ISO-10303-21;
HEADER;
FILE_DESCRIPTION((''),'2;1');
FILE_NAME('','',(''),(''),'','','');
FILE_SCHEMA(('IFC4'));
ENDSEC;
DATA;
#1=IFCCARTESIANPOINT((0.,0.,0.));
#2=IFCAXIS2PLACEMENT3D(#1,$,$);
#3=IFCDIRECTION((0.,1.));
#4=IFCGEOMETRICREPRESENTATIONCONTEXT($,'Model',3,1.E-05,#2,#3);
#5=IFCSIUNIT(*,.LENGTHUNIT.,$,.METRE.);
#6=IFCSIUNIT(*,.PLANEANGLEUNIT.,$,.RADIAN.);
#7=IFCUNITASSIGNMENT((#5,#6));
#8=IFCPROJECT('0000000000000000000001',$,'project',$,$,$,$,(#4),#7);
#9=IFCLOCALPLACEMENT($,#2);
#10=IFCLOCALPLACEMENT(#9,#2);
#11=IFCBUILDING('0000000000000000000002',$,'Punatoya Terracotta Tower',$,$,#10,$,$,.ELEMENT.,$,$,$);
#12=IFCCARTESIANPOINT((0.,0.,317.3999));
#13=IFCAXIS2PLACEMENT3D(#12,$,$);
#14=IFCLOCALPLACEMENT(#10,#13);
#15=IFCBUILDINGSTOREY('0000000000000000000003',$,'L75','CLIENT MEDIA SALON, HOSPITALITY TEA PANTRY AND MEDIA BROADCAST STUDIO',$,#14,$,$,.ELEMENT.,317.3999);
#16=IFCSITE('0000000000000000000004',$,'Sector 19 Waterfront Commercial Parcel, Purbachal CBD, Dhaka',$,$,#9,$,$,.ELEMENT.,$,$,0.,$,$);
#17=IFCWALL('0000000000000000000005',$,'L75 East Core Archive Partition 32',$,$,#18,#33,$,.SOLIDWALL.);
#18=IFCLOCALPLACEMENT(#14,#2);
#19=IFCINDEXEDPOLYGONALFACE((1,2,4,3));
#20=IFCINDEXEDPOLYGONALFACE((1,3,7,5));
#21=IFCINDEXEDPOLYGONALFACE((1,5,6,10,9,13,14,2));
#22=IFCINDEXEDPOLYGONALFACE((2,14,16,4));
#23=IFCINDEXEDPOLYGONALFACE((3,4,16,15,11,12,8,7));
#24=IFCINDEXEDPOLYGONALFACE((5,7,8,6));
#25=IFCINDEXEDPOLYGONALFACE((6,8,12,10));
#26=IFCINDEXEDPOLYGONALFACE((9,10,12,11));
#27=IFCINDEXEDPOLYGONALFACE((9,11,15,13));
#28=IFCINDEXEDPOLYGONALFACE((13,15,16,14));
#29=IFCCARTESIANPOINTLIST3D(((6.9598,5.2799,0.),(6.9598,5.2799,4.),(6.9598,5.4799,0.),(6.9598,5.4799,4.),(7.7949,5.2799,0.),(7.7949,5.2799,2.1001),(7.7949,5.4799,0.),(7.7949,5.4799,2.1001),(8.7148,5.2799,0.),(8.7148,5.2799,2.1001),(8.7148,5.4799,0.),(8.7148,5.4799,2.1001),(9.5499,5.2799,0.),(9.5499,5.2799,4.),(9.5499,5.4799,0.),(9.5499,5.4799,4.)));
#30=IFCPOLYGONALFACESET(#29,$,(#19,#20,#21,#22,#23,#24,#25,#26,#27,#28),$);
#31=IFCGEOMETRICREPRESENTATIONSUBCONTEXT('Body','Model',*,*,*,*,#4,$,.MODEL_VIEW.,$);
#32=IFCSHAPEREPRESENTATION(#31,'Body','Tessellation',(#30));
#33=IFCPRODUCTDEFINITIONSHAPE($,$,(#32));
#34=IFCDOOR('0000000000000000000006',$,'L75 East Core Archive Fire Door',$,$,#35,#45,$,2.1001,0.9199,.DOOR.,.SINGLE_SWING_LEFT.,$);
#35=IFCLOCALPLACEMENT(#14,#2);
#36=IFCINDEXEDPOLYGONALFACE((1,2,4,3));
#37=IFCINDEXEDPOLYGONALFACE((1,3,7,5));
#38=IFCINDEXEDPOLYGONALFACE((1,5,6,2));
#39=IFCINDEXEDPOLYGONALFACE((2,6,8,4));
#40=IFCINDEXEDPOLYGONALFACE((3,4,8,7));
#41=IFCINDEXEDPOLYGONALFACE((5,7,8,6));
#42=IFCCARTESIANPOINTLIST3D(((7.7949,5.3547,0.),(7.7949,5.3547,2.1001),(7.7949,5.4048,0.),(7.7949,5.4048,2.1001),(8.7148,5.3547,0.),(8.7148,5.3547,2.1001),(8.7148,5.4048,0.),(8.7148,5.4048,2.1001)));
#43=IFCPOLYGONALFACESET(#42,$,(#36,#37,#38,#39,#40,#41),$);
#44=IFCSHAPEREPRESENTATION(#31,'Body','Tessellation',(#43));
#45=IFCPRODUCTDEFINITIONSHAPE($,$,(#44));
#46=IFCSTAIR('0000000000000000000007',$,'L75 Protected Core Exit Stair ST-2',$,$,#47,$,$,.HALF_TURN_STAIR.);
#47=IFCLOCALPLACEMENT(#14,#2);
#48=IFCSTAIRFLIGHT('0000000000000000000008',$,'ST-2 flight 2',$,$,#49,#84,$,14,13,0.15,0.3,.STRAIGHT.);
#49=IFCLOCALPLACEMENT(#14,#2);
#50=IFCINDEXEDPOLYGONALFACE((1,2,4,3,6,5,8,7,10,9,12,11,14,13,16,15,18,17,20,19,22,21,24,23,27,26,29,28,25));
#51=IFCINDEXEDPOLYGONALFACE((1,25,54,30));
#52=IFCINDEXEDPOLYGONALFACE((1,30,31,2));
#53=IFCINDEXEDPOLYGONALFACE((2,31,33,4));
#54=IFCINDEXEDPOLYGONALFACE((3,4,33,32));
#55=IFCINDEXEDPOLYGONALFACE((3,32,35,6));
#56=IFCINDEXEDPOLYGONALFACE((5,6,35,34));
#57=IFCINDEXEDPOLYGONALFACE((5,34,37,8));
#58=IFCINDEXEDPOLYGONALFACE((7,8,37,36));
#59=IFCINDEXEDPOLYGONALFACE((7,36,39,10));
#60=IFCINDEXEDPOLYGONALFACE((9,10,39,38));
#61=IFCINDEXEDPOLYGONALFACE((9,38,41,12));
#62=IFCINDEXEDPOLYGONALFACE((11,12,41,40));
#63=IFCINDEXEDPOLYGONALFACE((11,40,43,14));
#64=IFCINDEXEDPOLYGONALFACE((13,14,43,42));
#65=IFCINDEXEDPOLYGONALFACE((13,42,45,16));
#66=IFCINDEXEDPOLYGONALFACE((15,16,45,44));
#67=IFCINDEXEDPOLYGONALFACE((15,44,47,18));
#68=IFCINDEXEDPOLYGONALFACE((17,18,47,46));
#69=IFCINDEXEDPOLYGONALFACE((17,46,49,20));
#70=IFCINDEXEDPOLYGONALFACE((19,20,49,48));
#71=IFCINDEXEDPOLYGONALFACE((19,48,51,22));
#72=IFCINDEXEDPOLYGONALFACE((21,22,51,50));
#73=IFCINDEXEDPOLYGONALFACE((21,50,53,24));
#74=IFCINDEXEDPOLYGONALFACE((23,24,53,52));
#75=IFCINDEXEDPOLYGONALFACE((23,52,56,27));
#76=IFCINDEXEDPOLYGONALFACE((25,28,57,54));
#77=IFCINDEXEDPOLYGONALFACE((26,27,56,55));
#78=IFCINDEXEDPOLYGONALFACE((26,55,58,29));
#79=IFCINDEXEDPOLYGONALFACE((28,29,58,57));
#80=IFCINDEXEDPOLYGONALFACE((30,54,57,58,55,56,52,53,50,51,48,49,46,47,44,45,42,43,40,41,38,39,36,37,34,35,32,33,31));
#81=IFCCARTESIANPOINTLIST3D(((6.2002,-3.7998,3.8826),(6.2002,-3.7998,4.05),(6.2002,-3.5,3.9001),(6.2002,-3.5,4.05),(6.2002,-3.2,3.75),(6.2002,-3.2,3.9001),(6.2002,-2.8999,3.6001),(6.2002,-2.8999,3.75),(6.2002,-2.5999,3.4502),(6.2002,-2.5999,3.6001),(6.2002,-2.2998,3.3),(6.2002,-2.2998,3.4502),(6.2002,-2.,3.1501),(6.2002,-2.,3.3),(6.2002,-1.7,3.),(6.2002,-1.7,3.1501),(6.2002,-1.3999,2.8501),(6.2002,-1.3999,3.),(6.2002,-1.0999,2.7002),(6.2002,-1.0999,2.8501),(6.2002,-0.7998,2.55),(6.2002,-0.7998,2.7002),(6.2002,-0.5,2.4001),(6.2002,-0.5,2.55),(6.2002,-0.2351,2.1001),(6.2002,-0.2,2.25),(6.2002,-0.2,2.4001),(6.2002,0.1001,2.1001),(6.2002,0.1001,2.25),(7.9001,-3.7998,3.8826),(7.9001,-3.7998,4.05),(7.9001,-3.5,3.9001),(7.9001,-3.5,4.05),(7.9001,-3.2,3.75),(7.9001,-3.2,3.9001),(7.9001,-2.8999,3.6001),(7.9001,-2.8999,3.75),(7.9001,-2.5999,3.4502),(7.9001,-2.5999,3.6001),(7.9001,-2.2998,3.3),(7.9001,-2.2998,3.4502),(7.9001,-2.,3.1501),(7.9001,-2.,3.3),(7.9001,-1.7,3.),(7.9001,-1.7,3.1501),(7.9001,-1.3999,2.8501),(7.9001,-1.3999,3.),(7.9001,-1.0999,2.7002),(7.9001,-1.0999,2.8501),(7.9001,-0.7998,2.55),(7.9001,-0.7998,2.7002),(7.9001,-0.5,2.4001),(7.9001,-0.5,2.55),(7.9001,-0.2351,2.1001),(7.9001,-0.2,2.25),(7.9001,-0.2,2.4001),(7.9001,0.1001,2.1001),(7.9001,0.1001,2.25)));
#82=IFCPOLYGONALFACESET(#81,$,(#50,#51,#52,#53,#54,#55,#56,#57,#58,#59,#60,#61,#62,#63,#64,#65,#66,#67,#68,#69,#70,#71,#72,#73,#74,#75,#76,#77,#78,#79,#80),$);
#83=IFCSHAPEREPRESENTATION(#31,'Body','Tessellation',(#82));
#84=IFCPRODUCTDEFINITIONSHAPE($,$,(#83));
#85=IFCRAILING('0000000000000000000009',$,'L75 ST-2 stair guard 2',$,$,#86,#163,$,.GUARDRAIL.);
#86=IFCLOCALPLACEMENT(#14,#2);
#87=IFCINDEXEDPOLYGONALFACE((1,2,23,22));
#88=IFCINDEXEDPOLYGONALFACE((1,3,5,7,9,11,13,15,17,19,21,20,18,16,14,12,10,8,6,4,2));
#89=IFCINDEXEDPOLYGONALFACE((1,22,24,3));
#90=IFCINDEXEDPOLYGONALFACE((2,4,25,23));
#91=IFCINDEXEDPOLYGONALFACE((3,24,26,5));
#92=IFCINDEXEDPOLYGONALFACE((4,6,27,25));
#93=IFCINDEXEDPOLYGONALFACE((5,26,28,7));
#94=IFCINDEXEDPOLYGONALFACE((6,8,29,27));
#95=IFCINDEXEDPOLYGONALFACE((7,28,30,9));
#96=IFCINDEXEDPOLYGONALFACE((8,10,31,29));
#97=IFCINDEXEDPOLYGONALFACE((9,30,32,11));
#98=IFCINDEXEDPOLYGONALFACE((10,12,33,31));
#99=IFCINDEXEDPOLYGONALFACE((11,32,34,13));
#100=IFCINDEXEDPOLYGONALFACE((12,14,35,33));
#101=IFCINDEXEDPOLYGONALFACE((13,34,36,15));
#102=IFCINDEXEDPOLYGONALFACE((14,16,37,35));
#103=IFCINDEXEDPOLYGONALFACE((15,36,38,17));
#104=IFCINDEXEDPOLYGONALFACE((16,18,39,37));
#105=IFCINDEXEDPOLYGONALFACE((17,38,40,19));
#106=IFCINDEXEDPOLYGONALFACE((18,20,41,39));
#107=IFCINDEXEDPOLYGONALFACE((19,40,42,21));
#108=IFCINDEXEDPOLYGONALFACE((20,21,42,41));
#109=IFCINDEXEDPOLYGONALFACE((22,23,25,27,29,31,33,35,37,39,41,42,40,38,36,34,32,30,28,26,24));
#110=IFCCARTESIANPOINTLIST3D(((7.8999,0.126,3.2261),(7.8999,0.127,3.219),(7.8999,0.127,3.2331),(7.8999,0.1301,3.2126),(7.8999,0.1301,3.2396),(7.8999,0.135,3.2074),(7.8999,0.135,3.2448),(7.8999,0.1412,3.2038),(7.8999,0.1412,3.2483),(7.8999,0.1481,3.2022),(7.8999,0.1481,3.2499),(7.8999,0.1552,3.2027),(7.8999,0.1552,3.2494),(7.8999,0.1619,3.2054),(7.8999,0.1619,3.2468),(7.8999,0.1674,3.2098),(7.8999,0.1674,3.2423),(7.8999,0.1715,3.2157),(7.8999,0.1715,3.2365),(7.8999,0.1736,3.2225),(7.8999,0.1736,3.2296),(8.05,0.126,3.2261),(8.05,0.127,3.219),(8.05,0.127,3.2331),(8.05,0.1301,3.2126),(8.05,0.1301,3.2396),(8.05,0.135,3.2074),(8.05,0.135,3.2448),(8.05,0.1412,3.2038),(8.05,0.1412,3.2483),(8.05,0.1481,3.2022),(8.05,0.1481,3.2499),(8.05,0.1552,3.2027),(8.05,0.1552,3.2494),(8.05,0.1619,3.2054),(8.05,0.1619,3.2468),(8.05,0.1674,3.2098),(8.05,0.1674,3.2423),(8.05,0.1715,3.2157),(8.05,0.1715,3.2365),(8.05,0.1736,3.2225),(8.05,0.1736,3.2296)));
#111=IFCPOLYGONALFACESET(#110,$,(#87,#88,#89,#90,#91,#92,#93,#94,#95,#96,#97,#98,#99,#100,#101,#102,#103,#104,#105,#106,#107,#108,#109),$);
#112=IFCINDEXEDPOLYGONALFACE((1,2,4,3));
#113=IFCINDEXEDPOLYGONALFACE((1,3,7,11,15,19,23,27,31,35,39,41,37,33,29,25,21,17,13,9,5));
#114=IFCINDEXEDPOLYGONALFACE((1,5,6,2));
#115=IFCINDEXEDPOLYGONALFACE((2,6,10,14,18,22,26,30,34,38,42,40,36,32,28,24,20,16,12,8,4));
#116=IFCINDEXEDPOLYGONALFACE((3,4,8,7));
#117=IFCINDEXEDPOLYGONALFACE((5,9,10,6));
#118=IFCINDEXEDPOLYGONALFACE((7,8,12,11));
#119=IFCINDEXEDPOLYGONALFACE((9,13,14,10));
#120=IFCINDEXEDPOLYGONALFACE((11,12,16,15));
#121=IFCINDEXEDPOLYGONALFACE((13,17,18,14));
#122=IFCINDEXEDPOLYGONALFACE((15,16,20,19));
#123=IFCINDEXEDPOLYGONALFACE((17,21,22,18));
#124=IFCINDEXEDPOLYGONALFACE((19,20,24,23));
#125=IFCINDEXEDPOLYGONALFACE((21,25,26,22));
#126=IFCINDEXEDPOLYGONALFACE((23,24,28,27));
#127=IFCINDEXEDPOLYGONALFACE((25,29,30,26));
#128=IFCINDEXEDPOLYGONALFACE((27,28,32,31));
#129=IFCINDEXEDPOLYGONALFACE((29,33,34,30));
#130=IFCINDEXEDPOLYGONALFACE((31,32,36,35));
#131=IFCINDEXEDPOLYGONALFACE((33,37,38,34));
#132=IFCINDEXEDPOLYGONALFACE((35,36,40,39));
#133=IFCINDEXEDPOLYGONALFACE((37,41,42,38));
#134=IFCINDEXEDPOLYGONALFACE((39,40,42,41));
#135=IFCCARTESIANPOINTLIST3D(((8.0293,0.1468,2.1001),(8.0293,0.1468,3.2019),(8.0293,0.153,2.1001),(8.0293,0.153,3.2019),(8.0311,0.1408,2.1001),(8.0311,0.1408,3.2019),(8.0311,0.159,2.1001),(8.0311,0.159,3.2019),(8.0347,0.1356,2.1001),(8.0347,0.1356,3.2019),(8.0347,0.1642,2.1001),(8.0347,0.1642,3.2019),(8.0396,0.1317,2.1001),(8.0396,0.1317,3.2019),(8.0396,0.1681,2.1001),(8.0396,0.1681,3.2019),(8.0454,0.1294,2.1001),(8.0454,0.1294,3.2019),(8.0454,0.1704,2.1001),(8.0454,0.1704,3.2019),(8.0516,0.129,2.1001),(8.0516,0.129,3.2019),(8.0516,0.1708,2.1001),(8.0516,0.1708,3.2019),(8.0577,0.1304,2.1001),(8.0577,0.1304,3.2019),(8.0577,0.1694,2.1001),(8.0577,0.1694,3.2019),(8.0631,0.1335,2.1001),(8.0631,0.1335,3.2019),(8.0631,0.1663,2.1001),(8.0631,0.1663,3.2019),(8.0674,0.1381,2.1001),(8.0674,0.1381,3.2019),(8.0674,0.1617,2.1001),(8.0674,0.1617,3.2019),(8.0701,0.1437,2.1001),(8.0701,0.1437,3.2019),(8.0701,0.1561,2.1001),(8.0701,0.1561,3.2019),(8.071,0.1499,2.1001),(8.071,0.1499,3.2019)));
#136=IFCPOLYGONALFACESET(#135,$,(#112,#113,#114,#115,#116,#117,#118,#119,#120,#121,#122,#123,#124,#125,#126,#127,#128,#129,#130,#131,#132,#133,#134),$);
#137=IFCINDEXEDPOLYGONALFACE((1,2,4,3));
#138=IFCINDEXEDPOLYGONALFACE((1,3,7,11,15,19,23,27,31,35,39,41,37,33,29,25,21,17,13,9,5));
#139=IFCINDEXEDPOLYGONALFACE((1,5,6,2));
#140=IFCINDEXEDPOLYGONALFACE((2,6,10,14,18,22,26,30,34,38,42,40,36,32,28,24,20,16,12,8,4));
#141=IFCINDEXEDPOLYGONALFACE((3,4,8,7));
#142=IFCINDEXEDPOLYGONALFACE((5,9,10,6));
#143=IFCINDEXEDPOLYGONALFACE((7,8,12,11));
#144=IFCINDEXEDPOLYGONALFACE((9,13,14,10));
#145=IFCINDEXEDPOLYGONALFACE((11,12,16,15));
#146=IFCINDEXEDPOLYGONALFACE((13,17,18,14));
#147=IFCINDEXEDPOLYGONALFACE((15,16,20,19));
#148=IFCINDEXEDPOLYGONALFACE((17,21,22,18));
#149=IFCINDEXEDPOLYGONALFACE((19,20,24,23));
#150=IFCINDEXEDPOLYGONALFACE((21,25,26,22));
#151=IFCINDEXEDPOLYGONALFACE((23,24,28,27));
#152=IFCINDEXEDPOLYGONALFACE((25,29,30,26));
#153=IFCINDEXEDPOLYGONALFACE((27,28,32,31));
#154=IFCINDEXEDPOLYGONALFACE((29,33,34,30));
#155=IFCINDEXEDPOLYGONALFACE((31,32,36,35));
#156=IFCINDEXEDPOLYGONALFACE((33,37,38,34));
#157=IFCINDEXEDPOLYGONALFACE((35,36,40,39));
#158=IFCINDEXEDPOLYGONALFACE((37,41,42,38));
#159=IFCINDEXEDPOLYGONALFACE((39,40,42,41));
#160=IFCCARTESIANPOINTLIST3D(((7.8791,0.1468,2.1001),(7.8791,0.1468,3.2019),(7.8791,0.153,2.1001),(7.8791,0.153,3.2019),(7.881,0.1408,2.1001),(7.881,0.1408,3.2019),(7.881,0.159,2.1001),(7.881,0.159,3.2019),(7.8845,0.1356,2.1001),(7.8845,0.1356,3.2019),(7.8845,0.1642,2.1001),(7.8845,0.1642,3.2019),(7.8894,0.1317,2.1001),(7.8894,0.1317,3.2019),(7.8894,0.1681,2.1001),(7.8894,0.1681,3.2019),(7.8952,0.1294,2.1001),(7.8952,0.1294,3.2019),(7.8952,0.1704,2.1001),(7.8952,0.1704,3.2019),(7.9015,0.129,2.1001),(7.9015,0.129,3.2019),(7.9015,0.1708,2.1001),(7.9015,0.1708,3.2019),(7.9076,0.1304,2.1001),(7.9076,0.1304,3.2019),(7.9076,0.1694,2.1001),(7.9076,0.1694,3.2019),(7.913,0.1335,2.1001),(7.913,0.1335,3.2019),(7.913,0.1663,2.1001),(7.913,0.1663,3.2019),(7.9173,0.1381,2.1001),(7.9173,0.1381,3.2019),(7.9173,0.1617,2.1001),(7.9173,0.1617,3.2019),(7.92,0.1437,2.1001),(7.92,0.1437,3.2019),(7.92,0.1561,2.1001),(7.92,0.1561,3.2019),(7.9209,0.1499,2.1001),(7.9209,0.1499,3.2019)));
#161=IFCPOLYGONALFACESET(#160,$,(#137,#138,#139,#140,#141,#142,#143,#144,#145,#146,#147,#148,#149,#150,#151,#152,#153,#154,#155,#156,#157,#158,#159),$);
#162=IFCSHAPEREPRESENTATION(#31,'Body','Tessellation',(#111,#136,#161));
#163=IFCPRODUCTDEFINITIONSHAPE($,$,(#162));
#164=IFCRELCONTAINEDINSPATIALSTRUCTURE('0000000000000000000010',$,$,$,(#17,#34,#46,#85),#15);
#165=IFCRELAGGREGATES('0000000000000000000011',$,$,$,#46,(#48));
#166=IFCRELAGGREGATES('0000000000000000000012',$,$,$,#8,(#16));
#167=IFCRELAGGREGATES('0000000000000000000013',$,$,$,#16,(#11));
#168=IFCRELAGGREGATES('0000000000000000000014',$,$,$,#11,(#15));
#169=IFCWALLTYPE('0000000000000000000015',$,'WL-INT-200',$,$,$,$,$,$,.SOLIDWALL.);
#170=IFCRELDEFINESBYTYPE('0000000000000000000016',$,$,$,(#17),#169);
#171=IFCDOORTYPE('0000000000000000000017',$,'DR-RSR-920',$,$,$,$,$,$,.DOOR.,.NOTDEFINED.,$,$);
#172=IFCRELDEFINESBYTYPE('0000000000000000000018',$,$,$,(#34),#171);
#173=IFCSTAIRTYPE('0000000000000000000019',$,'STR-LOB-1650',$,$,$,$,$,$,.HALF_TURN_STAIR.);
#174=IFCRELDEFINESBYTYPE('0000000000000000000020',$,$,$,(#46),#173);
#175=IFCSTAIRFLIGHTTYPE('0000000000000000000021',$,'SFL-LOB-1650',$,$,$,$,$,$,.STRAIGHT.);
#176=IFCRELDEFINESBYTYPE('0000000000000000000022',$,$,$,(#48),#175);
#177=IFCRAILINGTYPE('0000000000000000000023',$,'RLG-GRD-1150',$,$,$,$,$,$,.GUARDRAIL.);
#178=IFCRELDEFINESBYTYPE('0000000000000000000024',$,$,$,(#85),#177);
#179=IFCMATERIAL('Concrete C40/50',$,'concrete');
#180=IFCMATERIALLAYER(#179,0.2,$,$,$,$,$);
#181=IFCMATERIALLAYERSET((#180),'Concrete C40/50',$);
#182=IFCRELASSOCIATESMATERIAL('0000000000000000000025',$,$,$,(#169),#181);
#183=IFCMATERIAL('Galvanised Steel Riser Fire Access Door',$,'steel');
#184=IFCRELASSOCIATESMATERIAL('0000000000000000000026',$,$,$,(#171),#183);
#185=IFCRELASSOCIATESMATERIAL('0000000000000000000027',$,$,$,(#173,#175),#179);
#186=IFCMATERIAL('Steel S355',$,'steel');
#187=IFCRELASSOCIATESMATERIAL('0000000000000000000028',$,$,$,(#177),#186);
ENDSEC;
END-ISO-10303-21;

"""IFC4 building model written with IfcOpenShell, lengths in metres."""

from ifc_helpers import new_model, si_unit, direction, frame, frame_2d, origin, origin_2d, place, context, subcontext, project, spatial, polyline, rectangle, circle, outline, extrude, material, layer, layer_set, type_object, element, fill, aggregate, save


model = new_model("IFC4")

# Units and contexts
model_context = context("Model", 3, precision=1e-05, world=origin(), true_north=direction((0.0, 1.0)))
body_context = subcontext(model_context, "Body", "Model", "MODEL_VIEW")
ifc_project = project(units=[si_unit("LENGTHUNIT", "METRE"), si_unit("PLANEANGLEUNIT", "RADIAN")], contexts=[model_context])

# Site, building, storey
site_placement = place(None, origin())
site = spatial("IfcSite", under=ifc_project, at=site_placement, Name="Sector 19 Waterfront Commercial Parcel, Purbachal CBD, Dhaka", CompositionType="ELEMENT", RefElevation=0.0)
building_placement = place(site_placement, origin())
building = spatial("IfcBuilding", under=site, at=building_placement, Name="Punatoya Terracotta Tower", CompositionType="ELEMENT")
storey_placement = place(building_placement, frame((0.0, 0.0, 317.3999)))
storey = spatial("IfcBuildingStorey", under=building, at=storey_placement, Name="L75", Description="CLIENT MEDIA SALON, HOSPITALITY TEA PANTRY AND MEDIA BROADCAST STUDIO", CompositionType="ELEMENT", Elevation=317.3999)

# Shared definitions
ifc_material_1 = material(Name="Concrete C40/50", Category="concrete")
ifc_layer_1 = layer(ifc_material_1, 0.2)
ifc_layer_set_1 = layer_set([ifc_layer_1], Name="Concrete C40/50")
wall_type_1 = type_object("IfcWallType", Name="WL-INT-200", PredefinedType="SOLIDWALL", material=ifc_layer_set_1)

# Wall, opening, door
wall_1_placement = place(storey_placement, frame((6.96, 5.3799, 0.0), z_axis=(0.0, 0.0, 1.0), x_axis=(1.0, 0.0, 0.0)))
wall_1 = element("IfcWall", 1, at=wall_1_placement, inside=storey, type_object=wall_type_1, Name="L75 East Core Archive Partition 32", PredefinedType="SOLIDWALL", context=body_context, shape_type="SweptSolid", body=[
    extrude(rectangle(XDim=2.5901, YDim=0.2, at=frame_2d((1.2949, 0.0))), origin(), (0.0, 0.0, 1.0), 4.0),
])
opening_1_placement = place(wall_1_placement, frame((0.835, 0.0, 0.0)))
opening_1 = element("IfcOpeningElement", 2, at=opening_1_placement, cuts=wall_1, PredefinedType="OPENING", context=body_context, shape_type="SweptSolid", body=[
    extrude(rectangle(XDim=0.9199, YDim=2.1001, at=frame_2d((0.46, 1.05))), frame((0.0, 0.1099, 0.0), z_axis=(0.0, -1.0, 0.0), x_axis=(1.0, 0.0, 0.0)), (0.0, 0.0, 1.0), 0.22),
])
ifc_material_2 = material(Name="Galvanised Steel Riser Fire Access Door", Category="steel")
door_type_1 = type_object("IfcDoorType", Name="DR-RSR-920", OperationType="NOTDEFINED", PredefinedType="DOOR", material=ifc_material_2)
door_1_placement = place(opening_1_placement, origin())
door_1 = element("IfcDoor", 3, at=door_1_placement, inside=storey, type_object=door_type_1, Name="L75 East Core Archive Fire Door", OperationType="SINGLE_SWING_LEFT", OverallHeight=2.1001, OverallWidth=0.9199, PredefinedType="DOOR", context=body_context, shape_type="SweptSolid", body=[
    extrude(rectangle(XDim=0.9199, YDim=2.1001, at=frame_2d((0.46, 1.05))), frame((0.0, 0.0249, 0.0), z_axis=(0.0, -1.0, 0.0), x_axis=(1.0, 0.0, 0.0)), (0.0, 0.0, 1.0), 0.05),
])
fill(opening_1, door_1)

# Stair, stair flight
stair_type = type_object("IfcStairType", Name="STR-LOB-1650", PredefinedType="HALF_TURN_STAIR", material=ifc_material_1)
stair_placement = place(storey_placement, origin())
stair = element("IfcStair", 4, at=stair_placement, inside=storey, type_object=stair_type, Name="L75 Protected Core Exit Stair ST-2", PredefinedType="HALF_TURN_STAIR")
stair_flight_type = type_object("IfcStairFlightType", Name="SFL-LOB-1650", PredefinedType="STRAIGHT", material=ifc_material_1)
stair_flight_placement = place(storey_placement, frame((7.05, 0.1001, 2.1001), z_axis=(0.0, 0.0, 1.0), x_axis=(0.0, -1.0, 0.0)))
stair_flight = element("IfcStairFlight", 5, at=stair_flight_placement, type_object=stair_flight_type, Name="ST-2 flight 2", NumberOfRisers=14, NumberOfTreads=13, PredefinedType="STRAIGHT", RiserHeight=0.15, TreadLength=0.3, context=body_context, shape_type="SweptSolid", body=[
    extrude(outline(polyline([(0.0, 0.0), (0.0, 0.1499), (0.3, 0.1499), (0.3, 0.3), (0.6001, 0.3), (0.6001, 0.45), (0.8999, 0.45), (0.8999, 0.6001), (1.2, 0.6001), (1.2, 0.75), (1.5, 0.75), (1.5, 0.8999), (1.8, 0.8999), (1.8, 1.05), (2.1001, 1.05), (2.1001, 1.2), (2.3999, 1.2), (2.3999, 1.3501), (2.7, 1.3501), (2.7, 1.5), (3.0, 1.5), (3.0, 1.6499), (3.3, 1.6499), (3.3, 1.8), (3.6001, 1.8), (3.6001, 1.95), (3.8999, 1.95), (3.8999, 2.1001), (3.8999, 1.7825), (0.3352, 0.0), (0.0, 0.0)])), frame((0.0, 0.8501, 0.0), z_axis=(0.0, -1.0, 0.0), x_axis=(1.0, 0.0, 0.0)), (0.0, 0.0, 1.0), 1.7),
])
aggregate(stair, [stair_flight])

# Railing
ifc_material_3 = material(Name="Steel S355", Category="steel")
railing_type_1 = type_object("IfcRailingType", Name="RLG-GRD-1150", PredefinedType="GUARDRAIL", material=ifc_material_3)
railing_1_placement = place(storey_placement, frame((8.05, 0.1499, 2.1001)))
element("IfcRailing", 6, at=railing_1_placement, inside=storey, type_object=railing_type_1, Name="L75 ST-2 stair guard 2", PredefinedType="GUARDRAIL", context=body_context, shape_type="SweptSolid", body=[
    extrude(circle(Radius=0.0239, at=origin_2d()), frame((0.0, 0.0, 1.126), z_axis=(-1.0, 0.0, 0.0), x_axis=(0.0, -1.0, 0.0)), (0.0, 0.0, 1.0), 0.1501),
    extrude(circle(Radius=0.021, at=origin_2d()), origin(), (0.0, 0.0, 1.0), 1.1018),
    extrude(circle(Radius=0.021, at=origin_2d()), frame((-0.1501, 0.0, 0.0)), (0.0, 0.0, 1.0), 1.1018),
])

save(model, "model.ifc")
